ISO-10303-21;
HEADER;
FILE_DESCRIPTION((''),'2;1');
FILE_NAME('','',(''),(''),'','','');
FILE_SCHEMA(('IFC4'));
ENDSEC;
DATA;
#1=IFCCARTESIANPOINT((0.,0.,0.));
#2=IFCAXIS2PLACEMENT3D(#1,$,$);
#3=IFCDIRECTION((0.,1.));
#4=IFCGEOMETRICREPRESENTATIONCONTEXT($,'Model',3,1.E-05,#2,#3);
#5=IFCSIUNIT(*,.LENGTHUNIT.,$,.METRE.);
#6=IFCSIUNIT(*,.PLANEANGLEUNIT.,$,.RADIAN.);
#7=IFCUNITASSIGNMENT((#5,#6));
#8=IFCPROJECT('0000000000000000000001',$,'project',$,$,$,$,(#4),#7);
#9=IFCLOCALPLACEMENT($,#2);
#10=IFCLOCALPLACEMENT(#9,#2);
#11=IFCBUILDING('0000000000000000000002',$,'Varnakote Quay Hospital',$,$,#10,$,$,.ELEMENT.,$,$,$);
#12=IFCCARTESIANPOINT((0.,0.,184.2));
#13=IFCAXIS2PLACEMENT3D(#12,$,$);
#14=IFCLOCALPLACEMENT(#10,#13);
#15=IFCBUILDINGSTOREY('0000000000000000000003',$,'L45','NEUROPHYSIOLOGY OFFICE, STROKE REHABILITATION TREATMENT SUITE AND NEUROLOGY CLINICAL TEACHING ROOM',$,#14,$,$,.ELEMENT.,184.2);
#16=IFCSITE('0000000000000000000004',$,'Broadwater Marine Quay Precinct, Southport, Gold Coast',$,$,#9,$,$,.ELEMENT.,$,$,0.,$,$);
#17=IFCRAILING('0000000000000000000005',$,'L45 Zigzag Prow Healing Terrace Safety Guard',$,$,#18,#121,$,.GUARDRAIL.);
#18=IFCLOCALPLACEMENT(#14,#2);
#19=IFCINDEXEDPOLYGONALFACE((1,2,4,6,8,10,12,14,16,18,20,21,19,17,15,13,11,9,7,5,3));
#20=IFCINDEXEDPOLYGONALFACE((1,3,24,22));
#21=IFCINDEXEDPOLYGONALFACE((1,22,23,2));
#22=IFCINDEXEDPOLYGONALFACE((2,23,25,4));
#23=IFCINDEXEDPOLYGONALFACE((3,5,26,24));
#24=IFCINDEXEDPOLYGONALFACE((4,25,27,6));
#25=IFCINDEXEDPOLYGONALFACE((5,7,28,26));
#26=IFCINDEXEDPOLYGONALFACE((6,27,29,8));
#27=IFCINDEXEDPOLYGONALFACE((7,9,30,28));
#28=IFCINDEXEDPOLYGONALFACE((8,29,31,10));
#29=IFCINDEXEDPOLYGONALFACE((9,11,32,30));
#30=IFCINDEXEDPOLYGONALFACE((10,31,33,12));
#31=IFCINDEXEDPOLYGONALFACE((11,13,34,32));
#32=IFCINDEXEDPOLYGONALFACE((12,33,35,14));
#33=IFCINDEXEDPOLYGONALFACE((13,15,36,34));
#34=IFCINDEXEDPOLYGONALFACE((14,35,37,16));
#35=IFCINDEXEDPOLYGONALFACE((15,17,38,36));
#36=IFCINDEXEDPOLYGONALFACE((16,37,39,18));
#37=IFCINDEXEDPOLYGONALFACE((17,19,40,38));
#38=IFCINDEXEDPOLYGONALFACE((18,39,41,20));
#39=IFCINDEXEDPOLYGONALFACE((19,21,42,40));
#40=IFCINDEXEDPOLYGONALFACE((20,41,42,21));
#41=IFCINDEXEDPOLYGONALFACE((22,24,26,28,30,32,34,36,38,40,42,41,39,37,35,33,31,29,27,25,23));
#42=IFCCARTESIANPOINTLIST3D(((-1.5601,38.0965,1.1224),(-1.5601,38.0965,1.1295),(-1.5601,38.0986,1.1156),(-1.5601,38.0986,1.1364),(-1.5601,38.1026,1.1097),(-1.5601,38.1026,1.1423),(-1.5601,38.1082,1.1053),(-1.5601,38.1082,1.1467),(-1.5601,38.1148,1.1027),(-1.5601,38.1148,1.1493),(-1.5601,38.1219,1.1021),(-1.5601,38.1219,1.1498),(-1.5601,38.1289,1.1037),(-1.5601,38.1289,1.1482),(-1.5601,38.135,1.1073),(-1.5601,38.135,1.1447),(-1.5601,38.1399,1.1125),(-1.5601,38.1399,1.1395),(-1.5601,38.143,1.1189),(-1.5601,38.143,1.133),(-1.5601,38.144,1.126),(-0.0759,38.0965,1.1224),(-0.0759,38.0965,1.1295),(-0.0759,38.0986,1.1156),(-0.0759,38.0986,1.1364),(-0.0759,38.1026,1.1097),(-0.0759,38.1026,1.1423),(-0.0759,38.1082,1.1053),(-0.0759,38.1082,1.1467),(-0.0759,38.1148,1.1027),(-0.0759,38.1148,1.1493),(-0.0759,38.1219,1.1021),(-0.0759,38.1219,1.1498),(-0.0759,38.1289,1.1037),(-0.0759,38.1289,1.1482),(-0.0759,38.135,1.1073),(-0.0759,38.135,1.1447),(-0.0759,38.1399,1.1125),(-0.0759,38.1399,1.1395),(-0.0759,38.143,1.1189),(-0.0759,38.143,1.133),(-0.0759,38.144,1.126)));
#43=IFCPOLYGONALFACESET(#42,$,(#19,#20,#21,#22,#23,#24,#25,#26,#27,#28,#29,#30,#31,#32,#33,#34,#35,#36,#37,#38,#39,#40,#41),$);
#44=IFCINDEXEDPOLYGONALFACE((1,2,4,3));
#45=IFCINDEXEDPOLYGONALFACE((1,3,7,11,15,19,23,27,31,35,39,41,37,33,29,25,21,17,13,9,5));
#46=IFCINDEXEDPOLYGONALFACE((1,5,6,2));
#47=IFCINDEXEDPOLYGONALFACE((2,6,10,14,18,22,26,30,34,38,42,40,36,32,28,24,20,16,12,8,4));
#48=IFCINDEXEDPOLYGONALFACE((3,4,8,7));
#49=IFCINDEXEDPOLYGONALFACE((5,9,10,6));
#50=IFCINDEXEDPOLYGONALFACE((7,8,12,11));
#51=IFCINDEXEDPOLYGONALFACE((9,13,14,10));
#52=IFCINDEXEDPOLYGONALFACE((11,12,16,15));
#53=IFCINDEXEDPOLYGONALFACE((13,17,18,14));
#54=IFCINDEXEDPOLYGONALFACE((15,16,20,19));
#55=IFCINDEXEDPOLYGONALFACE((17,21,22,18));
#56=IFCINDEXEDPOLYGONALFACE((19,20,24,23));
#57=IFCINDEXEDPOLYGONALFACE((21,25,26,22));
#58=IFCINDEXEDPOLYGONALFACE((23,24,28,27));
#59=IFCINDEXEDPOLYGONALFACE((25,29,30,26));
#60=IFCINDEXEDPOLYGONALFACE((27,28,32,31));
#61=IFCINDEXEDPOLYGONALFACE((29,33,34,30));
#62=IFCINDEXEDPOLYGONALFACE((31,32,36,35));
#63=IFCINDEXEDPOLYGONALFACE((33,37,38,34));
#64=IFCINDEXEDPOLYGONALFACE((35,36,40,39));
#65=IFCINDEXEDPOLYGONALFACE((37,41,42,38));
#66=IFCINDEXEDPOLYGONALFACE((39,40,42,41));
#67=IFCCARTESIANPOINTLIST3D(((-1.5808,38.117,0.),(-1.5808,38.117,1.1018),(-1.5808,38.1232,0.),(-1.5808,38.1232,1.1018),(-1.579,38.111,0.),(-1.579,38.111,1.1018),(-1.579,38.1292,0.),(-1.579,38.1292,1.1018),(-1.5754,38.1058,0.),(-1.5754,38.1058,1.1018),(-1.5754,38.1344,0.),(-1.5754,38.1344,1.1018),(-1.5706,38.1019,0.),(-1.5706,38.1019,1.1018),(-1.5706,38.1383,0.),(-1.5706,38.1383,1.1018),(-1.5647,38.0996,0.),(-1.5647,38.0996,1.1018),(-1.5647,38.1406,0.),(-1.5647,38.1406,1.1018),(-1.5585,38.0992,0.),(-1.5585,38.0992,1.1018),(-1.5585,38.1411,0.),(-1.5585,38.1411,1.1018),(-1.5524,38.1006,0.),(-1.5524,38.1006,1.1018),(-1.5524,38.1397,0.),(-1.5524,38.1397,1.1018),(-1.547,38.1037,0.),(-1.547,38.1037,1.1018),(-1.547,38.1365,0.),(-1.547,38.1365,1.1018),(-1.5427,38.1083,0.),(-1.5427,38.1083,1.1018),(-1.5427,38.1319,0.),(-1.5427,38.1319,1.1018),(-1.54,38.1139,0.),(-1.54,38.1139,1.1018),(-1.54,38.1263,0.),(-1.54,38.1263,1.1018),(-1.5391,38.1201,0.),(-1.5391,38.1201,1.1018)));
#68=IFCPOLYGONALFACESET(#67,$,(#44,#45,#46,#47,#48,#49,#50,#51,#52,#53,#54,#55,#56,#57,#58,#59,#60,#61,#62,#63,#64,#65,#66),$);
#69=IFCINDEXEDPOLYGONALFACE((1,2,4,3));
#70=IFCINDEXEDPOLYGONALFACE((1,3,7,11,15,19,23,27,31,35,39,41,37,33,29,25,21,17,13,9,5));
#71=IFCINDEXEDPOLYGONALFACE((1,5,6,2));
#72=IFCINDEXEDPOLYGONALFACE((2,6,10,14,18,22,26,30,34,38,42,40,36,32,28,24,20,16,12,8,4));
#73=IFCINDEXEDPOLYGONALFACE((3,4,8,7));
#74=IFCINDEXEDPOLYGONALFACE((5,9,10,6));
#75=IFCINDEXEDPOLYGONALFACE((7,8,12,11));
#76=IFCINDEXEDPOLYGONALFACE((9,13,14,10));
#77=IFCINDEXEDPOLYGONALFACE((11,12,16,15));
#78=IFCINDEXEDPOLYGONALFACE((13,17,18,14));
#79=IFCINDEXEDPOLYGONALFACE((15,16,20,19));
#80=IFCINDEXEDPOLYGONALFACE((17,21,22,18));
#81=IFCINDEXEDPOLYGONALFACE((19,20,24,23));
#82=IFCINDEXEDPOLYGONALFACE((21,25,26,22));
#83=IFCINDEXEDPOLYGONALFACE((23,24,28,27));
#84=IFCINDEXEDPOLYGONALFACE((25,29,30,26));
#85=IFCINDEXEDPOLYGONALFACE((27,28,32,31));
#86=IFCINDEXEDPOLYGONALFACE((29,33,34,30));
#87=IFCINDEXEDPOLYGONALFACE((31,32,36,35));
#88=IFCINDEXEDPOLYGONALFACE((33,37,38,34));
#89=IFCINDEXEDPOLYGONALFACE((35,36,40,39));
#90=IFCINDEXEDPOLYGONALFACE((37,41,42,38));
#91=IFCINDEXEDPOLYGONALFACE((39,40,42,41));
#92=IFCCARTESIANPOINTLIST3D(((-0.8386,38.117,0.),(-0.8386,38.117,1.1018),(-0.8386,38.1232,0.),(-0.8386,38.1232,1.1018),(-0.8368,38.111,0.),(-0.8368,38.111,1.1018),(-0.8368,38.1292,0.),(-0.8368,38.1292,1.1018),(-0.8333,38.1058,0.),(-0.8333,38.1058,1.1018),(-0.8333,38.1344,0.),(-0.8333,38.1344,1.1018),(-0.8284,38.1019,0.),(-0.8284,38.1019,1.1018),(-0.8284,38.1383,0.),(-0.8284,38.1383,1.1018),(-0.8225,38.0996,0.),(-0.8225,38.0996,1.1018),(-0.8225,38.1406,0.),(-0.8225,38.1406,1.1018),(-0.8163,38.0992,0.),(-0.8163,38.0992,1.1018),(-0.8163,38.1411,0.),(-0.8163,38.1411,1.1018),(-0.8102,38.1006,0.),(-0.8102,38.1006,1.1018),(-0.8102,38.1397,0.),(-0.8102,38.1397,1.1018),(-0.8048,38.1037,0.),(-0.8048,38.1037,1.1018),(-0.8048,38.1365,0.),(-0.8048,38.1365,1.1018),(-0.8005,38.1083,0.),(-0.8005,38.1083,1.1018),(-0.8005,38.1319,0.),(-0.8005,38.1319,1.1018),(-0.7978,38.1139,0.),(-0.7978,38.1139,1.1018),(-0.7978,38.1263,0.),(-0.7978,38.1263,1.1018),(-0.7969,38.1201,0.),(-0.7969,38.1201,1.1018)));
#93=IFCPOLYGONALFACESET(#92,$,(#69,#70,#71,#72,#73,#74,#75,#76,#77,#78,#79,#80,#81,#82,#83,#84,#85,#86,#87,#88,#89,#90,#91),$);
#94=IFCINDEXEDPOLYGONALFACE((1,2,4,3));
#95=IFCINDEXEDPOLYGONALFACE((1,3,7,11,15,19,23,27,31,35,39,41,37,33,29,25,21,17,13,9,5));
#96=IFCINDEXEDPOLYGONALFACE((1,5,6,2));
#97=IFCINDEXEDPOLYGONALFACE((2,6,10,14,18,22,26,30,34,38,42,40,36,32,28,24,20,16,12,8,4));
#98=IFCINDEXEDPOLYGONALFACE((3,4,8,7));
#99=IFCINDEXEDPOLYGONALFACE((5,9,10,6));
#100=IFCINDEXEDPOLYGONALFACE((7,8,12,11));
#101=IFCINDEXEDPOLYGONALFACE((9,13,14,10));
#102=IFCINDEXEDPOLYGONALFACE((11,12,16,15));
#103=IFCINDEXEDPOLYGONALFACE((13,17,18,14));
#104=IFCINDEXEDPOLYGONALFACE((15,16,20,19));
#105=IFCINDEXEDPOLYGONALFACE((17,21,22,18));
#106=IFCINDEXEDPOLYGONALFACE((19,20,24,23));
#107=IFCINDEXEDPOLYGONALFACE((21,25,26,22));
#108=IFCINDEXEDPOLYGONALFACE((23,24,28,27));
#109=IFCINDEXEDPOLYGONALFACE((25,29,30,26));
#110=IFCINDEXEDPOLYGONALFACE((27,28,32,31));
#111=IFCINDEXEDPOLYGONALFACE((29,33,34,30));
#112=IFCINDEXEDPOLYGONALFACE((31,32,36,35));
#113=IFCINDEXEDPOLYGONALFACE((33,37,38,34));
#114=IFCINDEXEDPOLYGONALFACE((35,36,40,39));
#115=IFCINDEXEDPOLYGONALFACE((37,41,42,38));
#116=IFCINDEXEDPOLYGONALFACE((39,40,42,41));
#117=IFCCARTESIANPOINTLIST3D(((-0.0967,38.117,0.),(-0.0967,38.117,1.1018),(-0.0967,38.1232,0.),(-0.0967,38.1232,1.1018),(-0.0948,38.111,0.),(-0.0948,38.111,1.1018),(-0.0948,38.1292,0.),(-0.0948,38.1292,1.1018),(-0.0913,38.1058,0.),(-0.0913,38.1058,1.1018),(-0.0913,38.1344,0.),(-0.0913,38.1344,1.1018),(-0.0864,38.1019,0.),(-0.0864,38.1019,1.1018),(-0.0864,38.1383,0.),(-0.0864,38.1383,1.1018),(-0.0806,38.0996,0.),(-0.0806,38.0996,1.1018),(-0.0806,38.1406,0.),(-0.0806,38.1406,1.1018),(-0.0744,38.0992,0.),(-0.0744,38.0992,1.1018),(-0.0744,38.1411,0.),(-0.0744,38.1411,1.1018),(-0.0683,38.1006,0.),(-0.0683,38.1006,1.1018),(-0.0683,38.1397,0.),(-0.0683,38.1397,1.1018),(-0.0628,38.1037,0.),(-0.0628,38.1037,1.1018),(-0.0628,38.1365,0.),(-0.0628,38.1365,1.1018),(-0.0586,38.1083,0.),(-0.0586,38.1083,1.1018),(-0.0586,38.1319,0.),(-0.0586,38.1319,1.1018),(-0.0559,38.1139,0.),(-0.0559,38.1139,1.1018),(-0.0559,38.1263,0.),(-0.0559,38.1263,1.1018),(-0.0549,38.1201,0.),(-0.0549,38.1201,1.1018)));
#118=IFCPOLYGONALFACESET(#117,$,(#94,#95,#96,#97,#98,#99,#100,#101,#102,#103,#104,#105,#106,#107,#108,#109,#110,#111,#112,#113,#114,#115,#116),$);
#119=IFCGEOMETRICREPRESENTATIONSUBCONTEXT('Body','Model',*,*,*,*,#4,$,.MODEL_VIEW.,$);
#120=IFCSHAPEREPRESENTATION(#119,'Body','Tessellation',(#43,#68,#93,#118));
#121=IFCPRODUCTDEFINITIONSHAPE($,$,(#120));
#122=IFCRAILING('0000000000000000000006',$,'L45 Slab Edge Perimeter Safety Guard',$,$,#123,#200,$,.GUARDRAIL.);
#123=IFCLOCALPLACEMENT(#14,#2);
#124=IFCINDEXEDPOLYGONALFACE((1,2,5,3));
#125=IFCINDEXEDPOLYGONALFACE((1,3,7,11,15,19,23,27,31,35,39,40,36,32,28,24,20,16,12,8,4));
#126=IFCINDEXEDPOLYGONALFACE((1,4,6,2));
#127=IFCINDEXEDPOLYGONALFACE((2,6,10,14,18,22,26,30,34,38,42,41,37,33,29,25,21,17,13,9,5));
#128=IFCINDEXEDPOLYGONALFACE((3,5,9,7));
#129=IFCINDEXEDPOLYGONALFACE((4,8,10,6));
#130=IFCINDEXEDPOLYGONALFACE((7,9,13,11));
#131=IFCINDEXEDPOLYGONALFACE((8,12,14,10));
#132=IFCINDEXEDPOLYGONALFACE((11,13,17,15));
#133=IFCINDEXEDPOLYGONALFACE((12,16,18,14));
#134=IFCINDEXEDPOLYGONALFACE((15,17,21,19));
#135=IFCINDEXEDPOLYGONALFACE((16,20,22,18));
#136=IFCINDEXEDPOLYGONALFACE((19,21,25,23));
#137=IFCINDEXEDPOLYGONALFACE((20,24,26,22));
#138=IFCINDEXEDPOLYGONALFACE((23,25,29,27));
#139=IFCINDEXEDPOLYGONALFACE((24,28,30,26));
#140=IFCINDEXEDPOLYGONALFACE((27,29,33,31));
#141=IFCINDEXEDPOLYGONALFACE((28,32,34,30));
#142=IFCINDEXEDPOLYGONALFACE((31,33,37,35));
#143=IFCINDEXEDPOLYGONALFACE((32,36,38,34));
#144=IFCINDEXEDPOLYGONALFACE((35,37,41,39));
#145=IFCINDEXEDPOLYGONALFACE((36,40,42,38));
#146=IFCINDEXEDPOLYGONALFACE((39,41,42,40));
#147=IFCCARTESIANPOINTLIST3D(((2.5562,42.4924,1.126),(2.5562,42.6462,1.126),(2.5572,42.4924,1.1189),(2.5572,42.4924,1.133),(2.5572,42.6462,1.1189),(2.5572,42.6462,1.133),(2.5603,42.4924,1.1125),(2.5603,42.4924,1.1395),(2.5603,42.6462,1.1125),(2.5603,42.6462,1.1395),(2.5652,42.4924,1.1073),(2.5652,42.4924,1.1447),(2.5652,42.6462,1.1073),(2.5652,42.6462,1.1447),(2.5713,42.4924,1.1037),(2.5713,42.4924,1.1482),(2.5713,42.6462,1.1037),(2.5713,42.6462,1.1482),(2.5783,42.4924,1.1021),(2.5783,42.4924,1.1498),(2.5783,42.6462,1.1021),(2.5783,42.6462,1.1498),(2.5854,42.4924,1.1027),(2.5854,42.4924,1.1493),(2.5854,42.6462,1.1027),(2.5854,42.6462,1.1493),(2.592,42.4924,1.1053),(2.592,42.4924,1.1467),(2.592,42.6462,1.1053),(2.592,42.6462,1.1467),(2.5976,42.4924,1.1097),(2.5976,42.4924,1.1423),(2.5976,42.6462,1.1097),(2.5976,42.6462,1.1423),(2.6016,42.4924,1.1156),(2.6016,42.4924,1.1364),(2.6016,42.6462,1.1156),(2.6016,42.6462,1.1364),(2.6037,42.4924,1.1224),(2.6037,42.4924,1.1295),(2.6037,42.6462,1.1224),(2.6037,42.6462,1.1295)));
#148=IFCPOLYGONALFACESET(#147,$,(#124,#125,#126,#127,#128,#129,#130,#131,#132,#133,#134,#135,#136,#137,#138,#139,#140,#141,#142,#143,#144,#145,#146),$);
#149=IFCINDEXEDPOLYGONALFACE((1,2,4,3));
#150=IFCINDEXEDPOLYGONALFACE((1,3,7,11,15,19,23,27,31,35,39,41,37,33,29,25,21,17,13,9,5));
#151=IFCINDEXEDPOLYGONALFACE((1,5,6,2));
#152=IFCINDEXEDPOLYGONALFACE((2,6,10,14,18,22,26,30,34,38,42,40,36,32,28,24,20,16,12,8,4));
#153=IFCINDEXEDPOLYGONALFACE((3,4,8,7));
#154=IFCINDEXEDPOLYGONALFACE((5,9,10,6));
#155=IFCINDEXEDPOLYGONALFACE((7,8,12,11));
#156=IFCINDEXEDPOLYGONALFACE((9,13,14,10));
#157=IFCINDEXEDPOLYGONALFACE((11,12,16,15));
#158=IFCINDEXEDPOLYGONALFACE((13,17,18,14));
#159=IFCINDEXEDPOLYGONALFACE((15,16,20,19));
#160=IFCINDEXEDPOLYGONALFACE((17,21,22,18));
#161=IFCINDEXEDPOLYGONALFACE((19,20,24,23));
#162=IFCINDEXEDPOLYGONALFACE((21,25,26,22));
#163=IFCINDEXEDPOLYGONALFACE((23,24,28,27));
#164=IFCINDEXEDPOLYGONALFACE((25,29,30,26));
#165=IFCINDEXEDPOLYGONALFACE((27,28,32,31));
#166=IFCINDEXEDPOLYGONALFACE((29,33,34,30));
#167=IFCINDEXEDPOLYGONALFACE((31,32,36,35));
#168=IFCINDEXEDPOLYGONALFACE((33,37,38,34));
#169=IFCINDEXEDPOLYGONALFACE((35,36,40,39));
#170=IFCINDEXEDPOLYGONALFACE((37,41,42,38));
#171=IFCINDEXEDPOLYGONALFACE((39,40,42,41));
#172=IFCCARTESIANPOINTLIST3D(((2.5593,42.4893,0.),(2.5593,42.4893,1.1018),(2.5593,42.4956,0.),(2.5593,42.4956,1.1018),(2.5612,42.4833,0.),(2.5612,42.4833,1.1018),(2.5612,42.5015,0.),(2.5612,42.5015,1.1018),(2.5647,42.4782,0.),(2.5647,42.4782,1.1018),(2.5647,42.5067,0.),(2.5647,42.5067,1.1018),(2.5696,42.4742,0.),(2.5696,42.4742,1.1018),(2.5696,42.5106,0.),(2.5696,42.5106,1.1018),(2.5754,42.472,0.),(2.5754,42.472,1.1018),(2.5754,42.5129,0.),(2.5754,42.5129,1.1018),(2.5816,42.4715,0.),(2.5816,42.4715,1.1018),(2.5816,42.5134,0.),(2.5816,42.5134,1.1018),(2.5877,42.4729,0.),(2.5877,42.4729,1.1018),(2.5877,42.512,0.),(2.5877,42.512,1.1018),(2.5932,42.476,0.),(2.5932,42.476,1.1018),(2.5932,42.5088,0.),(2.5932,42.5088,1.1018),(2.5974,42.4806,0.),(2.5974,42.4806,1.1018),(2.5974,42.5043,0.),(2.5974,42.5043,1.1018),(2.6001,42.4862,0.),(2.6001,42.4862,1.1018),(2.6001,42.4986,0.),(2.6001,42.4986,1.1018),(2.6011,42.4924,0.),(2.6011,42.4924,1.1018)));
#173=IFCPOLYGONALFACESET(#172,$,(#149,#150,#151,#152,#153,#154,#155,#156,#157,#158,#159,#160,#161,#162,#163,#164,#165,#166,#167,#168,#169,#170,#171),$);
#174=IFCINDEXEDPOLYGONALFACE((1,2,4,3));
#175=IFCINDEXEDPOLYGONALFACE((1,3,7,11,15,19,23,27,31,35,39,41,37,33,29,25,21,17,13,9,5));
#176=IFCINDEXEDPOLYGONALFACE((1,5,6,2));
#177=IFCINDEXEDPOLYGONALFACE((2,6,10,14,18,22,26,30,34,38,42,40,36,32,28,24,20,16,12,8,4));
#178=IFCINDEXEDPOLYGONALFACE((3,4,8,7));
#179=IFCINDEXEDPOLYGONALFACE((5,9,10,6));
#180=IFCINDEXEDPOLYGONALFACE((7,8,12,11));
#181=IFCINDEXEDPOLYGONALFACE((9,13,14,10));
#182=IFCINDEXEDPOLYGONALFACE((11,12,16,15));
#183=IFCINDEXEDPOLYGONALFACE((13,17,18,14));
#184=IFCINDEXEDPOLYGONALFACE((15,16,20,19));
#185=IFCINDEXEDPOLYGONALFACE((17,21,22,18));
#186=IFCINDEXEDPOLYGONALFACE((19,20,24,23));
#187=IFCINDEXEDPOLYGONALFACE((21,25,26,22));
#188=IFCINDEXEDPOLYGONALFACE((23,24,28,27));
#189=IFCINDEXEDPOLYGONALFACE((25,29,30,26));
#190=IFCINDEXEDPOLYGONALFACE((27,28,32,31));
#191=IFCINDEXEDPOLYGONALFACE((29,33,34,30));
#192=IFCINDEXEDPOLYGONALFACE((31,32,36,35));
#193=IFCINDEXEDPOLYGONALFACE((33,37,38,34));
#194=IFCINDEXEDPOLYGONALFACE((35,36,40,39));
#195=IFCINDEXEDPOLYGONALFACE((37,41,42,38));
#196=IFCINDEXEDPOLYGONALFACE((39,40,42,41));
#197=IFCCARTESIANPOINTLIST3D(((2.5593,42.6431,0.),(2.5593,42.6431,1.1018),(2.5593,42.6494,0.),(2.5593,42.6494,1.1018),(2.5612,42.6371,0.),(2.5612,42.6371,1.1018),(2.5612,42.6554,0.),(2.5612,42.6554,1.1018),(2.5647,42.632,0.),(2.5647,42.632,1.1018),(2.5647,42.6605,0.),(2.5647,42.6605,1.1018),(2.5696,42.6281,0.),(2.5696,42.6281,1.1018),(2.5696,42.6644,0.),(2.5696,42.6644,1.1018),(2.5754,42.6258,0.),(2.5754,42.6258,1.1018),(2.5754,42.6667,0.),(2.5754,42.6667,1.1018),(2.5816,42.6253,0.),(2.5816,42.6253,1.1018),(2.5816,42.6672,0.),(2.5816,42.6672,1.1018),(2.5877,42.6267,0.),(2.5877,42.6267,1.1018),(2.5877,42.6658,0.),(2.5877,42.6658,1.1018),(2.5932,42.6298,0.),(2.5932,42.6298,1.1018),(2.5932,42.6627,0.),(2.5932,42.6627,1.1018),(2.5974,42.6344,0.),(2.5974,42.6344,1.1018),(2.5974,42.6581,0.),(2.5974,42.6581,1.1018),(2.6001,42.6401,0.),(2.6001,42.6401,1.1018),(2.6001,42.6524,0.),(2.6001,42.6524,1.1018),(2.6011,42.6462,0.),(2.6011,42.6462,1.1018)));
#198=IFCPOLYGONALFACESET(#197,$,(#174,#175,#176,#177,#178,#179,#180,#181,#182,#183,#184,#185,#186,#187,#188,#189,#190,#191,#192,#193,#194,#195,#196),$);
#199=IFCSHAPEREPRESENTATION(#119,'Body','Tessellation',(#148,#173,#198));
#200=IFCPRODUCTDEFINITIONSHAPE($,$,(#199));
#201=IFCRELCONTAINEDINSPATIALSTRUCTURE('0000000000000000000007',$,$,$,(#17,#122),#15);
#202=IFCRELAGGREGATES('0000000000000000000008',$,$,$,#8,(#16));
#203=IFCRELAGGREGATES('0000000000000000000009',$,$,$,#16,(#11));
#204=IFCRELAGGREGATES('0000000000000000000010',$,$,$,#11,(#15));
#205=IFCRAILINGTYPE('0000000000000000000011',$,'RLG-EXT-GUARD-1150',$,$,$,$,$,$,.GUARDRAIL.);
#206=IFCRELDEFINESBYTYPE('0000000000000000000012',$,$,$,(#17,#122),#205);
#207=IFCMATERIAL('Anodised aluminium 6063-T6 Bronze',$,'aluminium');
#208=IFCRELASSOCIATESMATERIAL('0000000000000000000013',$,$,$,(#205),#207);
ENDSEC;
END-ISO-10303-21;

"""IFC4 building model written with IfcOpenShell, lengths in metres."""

from ifc_helpers import new_model, si_unit, direction, frame, origin, origin_2d, place, context, subcontext, project, spatial, circle, extrude, material, type_object, element, save


model = new_model("IFC4")

# Units and contexts
model_context = context("Model", 3, precision=1e-05, world=origin(), true_north=direction((0.0, 1.0)))
body_context = subcontext(model_context, "Body", "Model", "MODEL_VIEW")
ifc_project = project(units=[si_unit("LENGTHUNIT", "METRE"), si_unit("PLANEANGLEUNIT", "RADIAN")], contexts=[model_context])

# Site, building, storey
site_placement = place(None, origin())
site = spatial("IfcSite", under=ifc_project, at=site_placement, Name="Broadwater Marine Quay Precinct, Southport, Gold Coast", CompositionType="ELEMENT", RefElevation=0.0)
building_placement = place(site_placement, origin())
building = spatial("IfcBuilding", under=site, at=building_placement, Name="Varnakote Quay Hospital", CompositionType="ELEMENT")
storey_placement = place(building_placement, frame((0.0, 0.0, 184.2)))
storey = spatial("IfcBuildingStorey", under=building, at=storey_placement, Name="L45", Description="NEUROPHYSIOLOGY OFFICE, STROKE REHABILITATION TREATMENT SUITE AND NEUROLOGY CLINICAL TEACHING ROOM", CompositionType="ELEMENT", Elevation=184.2)

# Railings
ifc_material_1 = material(Name="Anodised aluminium 6063-T6 Bronze", Category="aluminium")
railing_type = type_object("IfcRailingType", Name="RLG-EXT-GUARD-1150", PredefinedType="GUARDRAIL", material=ifc_material_1)
railing_1_placement = place(storey_placement, frame((-1.5601, 38.1201, 0.0)))
element("IfcRailing", 1, at=railing_1_placement, inside=storey, type_object=railing_type, Name="L45 Zigzag Prow Healing Terrace Safety Guard", PredefinedType="GUARDRAIL", context=body_context, shape_type="SweptSolid", body=[
    extrude(circle(Radius=0.0239, at=origin_2d()), frame((0.0, 0.0, 1.126), z_axis=(1.0, 0.0, 0.0), x_axis=(0.0, 1.0, 0.0)), (0.0, 0.0, 1.0), 1.4841),
    extrude(circle(Radius=0.021, at=origin_2d()), origin(), (0.0, 0.0, 1.0), 1.1018),
    extrude(circle(Radius=0.021, at=origin_2d()), frame((0.7422, 0.0, 0.0)), (0.0, 0.0, 1.0), 1.1018),
    extrude(circle(Radius=0.021, at=origin_2d()), frame((1.4841, 0.0, 0.0)), (0.0, 0.0, 1.0), 1.1018),
])
railing_2_placement = place(storey_placement, frame((2.5801, 42.4924, 0.0)))
element("IfcRailing", 2, at=railing_2_placement, inside=storey, type_object=railing_type, Name="L45 Slab Edge Perimeter Safety Guard", PredefinedType="GUARDRAIL", context=body_context, shape_type="SweptSolid", body=[
    extrude(circle(Radius=0.0239, at=origin_2d()), frame((0.0, 0.0, 1.126), z_axis=(0.0, 1.0, 0.0), x_axis=(-1.0, 0.0, 0.0)), (0.0, 0.0, 1.0), 0.1538),
    extrude(circle(Radius=0.021, at=origin_2d()), origin(), (0.0, 0.0, 1.0), 1.1018),
    extrude(circle(Radius=0.021, at=origin_2d()), frame((0.0, 0.1538, 0.0)), (0.0, 0.0, 1.0), 1.1018),
])

save(model, "model.ifc")
